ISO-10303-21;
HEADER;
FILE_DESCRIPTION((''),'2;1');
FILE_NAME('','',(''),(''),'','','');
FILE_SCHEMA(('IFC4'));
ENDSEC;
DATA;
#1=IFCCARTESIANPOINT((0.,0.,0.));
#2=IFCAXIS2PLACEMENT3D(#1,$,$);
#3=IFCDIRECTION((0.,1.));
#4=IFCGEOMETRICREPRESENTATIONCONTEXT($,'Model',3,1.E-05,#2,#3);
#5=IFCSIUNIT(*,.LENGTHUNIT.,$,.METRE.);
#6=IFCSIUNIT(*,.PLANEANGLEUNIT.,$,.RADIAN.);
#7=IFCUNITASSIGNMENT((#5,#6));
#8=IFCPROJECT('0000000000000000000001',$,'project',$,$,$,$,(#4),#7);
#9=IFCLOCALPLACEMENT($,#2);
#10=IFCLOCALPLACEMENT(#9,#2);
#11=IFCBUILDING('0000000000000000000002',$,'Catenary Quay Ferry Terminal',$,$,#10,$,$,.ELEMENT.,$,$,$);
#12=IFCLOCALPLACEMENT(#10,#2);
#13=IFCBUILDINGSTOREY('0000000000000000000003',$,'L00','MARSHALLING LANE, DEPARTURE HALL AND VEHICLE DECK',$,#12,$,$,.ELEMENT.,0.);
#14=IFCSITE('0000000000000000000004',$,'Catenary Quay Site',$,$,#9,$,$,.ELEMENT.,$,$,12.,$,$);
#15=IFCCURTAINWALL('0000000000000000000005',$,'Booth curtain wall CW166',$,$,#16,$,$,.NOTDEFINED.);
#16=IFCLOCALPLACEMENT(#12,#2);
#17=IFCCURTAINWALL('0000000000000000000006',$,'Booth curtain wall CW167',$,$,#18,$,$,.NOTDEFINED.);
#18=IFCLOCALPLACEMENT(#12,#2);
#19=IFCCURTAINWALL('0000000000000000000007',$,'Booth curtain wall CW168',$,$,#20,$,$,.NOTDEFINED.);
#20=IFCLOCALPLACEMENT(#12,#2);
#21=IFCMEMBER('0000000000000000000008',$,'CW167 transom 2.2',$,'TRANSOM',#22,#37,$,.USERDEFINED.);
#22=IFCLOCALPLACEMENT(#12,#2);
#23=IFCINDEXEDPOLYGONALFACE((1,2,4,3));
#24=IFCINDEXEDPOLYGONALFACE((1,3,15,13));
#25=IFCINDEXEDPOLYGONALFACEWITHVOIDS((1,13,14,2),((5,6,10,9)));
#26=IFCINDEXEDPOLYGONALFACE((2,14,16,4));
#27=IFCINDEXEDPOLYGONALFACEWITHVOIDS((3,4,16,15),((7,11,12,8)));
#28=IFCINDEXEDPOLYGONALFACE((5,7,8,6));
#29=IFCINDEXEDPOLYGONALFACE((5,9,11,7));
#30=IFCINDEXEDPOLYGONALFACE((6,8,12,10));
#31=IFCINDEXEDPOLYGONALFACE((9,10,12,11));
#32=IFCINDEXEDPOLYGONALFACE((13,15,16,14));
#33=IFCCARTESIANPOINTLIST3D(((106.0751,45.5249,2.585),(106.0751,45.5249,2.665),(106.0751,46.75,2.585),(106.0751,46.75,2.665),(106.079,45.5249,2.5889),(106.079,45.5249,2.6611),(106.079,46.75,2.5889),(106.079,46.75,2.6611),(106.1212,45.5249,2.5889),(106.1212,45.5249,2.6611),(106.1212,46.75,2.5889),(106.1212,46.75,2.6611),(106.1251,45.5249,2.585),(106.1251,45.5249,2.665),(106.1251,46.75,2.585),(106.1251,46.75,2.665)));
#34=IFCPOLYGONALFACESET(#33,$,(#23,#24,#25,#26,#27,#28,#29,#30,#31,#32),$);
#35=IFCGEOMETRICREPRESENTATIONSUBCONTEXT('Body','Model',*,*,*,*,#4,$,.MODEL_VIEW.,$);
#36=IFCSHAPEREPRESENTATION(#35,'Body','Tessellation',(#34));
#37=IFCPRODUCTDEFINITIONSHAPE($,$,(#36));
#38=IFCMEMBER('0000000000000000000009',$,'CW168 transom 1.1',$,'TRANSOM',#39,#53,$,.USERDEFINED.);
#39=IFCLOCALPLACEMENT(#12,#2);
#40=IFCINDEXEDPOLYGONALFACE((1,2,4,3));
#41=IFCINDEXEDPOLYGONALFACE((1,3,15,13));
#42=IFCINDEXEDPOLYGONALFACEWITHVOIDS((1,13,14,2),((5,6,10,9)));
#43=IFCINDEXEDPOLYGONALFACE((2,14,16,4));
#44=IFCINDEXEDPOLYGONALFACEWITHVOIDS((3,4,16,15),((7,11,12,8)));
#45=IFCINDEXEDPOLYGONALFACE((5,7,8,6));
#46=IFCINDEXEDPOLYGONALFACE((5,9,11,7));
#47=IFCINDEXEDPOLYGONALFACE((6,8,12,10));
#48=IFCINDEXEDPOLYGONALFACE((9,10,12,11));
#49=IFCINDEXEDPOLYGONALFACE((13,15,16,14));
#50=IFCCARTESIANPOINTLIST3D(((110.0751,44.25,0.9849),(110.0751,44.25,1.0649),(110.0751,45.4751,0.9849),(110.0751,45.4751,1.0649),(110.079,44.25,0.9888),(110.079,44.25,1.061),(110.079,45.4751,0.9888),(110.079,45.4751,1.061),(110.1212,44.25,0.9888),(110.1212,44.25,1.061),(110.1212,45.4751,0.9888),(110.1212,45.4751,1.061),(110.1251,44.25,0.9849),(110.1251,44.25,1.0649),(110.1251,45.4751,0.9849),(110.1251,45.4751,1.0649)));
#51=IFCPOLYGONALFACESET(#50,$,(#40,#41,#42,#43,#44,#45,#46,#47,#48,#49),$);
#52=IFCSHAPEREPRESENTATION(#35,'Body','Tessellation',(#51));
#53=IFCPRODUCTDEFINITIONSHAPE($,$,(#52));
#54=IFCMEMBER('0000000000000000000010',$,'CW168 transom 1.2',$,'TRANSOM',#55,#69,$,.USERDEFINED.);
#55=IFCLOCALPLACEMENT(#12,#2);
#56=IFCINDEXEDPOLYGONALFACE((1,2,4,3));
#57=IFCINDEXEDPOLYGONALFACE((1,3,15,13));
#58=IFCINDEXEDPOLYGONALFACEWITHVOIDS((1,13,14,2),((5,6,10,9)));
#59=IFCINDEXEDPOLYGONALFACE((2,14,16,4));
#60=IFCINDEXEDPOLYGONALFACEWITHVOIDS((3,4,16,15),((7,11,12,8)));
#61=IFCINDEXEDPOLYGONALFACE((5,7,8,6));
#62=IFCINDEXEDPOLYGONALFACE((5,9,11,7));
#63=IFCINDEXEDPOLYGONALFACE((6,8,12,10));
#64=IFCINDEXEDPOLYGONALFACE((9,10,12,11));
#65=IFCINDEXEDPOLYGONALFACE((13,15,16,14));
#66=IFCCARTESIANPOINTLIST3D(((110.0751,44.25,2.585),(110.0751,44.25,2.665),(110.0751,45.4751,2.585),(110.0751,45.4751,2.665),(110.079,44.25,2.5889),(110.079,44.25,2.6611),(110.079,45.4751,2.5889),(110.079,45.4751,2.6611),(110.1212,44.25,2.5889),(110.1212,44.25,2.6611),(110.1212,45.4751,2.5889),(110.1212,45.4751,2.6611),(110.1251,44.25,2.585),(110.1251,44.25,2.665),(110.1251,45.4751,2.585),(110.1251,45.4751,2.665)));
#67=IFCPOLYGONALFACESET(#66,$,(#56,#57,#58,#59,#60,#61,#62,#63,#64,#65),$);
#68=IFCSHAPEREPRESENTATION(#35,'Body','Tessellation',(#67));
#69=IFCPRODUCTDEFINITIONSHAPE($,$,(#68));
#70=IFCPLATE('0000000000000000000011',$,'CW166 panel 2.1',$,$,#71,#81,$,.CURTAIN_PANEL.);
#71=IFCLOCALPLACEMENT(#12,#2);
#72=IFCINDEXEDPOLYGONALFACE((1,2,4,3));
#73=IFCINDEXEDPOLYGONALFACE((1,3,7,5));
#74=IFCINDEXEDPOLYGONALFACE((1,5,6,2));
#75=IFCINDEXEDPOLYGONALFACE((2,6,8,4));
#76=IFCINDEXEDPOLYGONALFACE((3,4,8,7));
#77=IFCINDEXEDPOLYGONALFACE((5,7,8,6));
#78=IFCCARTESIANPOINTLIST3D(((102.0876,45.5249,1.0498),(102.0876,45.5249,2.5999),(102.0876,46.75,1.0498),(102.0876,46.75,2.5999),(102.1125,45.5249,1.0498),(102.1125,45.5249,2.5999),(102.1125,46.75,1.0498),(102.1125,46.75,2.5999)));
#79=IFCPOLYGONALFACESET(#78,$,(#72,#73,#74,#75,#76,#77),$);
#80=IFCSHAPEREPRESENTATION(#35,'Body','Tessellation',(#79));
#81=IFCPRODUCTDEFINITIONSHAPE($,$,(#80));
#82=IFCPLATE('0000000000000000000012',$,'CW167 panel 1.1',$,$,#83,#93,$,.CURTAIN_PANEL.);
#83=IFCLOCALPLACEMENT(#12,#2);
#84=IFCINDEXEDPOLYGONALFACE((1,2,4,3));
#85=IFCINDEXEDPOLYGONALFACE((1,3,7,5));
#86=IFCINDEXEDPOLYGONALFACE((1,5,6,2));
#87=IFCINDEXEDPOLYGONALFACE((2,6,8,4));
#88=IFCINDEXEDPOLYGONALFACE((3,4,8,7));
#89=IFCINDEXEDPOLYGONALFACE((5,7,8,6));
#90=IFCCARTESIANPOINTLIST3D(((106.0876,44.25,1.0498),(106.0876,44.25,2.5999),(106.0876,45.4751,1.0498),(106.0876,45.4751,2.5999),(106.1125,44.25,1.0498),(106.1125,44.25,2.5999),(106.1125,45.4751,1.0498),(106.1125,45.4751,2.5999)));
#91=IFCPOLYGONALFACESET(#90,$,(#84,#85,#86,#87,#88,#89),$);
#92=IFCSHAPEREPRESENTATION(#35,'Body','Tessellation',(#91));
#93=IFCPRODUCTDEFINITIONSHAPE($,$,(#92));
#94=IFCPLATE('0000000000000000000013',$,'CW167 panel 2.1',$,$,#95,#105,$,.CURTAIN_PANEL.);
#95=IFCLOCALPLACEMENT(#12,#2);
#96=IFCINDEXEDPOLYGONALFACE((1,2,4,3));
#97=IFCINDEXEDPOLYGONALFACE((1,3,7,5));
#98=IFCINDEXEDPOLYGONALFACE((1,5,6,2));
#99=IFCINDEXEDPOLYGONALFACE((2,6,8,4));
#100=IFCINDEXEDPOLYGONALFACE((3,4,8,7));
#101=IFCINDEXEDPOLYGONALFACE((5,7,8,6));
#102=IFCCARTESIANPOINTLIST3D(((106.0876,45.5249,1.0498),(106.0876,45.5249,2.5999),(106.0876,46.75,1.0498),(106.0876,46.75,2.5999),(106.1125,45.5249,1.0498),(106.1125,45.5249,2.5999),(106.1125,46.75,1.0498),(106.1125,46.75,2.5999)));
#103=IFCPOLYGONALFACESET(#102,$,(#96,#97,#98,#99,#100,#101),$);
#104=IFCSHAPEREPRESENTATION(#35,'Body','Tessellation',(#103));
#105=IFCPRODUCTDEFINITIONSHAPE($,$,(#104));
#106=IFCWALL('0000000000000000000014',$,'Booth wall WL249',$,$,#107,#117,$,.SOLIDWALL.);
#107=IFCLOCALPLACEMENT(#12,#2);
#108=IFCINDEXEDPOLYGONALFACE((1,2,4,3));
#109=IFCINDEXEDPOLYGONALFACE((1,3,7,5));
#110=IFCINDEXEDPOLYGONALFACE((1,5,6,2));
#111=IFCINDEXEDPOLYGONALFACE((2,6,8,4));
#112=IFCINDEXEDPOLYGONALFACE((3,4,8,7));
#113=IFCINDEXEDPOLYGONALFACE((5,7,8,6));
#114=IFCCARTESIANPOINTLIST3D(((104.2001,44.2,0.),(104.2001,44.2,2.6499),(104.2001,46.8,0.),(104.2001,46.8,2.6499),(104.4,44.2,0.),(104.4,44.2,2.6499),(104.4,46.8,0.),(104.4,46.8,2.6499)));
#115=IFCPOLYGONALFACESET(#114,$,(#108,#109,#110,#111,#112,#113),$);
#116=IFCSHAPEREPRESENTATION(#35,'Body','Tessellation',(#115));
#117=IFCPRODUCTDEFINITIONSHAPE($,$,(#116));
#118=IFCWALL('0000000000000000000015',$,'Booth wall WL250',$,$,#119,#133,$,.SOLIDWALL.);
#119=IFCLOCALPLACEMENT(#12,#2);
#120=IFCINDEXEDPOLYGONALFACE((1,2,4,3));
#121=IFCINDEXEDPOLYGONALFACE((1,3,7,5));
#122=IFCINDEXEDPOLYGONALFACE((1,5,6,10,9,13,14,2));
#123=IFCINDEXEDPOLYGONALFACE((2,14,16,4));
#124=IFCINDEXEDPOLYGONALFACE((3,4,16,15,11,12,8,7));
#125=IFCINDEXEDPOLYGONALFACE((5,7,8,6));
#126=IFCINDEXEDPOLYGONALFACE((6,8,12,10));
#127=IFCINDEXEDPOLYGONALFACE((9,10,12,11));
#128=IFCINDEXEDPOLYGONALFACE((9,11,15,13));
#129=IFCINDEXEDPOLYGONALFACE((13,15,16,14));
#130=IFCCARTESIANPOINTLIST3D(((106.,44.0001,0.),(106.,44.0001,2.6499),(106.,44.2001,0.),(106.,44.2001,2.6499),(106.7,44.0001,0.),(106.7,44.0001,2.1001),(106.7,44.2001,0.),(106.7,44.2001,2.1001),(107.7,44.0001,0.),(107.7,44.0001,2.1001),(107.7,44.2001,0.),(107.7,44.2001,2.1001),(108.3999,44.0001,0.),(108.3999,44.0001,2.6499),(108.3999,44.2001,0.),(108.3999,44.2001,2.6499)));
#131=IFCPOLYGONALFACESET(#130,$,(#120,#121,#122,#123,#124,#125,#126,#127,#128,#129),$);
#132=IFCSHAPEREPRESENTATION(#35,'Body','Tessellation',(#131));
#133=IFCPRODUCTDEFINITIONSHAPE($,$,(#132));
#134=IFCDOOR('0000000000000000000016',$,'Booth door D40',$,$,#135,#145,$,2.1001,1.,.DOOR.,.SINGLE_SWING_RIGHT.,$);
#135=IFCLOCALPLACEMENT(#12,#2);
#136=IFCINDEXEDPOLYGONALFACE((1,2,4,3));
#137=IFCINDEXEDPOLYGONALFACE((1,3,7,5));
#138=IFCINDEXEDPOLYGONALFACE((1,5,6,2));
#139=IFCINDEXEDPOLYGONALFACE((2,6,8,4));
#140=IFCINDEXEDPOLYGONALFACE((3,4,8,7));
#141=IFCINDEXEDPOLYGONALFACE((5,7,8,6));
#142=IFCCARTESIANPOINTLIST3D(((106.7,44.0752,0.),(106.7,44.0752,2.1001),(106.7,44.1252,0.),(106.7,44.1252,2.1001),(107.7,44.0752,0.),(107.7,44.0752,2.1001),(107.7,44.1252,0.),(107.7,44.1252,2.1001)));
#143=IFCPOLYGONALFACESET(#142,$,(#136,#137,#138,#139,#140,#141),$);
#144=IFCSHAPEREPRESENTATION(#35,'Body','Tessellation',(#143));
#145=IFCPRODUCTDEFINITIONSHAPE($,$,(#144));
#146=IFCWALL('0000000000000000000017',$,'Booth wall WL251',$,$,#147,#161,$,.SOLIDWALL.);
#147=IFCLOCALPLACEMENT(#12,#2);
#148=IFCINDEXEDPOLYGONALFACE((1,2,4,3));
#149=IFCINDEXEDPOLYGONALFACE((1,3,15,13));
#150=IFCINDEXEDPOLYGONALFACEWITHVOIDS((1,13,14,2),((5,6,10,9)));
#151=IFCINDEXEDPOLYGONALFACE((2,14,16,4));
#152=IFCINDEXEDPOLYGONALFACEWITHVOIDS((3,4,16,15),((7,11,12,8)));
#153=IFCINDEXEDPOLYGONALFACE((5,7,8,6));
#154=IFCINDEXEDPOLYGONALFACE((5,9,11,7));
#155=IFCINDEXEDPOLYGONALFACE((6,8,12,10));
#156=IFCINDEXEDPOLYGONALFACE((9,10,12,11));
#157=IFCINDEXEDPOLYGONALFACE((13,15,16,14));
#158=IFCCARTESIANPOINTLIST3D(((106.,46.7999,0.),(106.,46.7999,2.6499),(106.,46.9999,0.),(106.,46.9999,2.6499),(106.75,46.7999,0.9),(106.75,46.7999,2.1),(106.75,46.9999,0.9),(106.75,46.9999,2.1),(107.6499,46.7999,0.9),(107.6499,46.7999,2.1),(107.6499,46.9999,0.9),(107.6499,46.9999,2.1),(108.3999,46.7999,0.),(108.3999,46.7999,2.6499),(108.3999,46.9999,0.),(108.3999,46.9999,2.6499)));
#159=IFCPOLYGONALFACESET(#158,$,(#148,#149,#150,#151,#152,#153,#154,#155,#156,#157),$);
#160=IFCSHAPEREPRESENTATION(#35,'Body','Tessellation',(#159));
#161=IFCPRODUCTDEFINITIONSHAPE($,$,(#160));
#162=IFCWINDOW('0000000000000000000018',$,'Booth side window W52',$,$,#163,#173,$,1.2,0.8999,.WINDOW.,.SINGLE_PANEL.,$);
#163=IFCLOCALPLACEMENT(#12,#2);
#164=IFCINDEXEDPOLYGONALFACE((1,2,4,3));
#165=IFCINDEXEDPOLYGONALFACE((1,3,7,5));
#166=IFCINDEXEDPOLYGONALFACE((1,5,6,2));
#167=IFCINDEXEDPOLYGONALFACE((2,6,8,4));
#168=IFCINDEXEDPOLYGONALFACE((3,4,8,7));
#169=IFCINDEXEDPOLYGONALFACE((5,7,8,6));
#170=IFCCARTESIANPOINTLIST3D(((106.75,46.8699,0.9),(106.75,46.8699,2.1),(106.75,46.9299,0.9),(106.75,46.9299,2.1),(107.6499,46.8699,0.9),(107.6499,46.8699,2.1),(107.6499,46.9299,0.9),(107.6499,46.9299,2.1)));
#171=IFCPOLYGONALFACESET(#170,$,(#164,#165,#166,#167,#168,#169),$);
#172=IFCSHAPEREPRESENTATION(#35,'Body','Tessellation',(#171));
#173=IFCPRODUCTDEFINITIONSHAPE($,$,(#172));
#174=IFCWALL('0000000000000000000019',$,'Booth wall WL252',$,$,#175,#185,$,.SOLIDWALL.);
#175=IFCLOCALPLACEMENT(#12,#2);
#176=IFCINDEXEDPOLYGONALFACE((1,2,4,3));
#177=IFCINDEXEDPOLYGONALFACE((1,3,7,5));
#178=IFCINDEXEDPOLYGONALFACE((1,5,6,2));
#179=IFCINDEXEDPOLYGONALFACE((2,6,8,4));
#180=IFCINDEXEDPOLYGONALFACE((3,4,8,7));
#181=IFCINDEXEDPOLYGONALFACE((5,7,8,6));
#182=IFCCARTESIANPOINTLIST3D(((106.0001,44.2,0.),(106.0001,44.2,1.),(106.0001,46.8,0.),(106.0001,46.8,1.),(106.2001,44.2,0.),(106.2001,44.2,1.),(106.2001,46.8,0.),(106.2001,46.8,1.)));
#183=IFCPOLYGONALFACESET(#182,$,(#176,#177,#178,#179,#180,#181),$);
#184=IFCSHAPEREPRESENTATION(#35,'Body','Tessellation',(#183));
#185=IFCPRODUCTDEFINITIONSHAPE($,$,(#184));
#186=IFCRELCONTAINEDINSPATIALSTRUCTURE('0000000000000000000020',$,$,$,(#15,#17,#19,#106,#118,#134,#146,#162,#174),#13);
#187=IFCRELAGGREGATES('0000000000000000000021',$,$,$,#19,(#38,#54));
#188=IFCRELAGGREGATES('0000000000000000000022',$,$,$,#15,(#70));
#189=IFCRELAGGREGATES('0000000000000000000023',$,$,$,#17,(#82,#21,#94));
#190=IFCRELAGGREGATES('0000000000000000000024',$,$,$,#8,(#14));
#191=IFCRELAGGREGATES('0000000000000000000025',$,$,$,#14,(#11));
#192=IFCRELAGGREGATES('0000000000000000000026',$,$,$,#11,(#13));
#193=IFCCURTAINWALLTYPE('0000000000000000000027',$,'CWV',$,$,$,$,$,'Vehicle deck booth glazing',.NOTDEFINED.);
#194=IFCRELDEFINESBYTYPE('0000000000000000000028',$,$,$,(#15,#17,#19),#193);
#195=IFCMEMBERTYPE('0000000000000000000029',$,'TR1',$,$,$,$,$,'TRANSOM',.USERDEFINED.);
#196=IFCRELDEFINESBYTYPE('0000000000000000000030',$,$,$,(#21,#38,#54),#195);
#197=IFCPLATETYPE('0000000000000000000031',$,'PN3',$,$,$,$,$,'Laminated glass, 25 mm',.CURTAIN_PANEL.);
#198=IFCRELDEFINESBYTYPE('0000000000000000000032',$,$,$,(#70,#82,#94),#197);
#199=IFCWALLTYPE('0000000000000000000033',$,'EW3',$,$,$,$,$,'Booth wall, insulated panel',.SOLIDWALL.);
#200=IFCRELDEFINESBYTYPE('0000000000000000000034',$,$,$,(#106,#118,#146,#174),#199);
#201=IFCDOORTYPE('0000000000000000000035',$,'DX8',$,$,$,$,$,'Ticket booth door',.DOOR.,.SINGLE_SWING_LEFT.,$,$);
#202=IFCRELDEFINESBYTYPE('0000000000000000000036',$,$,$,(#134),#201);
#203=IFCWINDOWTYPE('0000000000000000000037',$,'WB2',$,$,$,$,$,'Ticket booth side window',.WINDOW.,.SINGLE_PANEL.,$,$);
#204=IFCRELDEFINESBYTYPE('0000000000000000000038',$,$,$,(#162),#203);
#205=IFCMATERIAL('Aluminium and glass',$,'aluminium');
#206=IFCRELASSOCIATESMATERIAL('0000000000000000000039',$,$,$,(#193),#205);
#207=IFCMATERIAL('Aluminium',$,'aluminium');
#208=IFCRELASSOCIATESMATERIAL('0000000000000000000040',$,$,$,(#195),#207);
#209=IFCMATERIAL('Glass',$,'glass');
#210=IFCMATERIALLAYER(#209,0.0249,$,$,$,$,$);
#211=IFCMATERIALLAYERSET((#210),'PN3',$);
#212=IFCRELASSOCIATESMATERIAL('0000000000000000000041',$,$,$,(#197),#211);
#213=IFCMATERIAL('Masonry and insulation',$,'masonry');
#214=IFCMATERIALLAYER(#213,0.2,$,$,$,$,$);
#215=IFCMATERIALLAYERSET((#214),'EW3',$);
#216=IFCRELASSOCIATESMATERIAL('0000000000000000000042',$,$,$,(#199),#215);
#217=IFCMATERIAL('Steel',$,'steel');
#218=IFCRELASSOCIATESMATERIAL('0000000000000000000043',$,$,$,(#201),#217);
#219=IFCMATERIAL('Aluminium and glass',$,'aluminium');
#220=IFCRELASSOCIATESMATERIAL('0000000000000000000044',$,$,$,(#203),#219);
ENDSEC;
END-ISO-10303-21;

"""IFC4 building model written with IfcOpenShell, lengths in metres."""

from ifc_helpers import new_model, si_unit, direction, frame, frame_2d, origin, origin_2d, place, context, subcontext, project, spatial, rectangle, hollow_rectangle, extrude, material, layer, layer_set, material_profile, profile_set, type_object, element, fill, aggregate, save


model = new_model("IFC4")

# Units and contexts
model_context = context("Model", 3, precision=1e-05, world=origin(), true_north=direction((0.0, 1.0)))
body_context = subcontext(model_context, "Body", "Model", "MODEL_VIEW")
ifc_project = project(units=[si_unit("LENGTHUNIT", "METRE"), si_unit("PLANEANGLEUNIT", "RADIAN")], contexts=[model_context])

# Site, building, storey
site_placement = place(None, origin())
site = spatial("IfcSite", under=ifc_project, at=site_placement, Name="Catenary Quay Site", CompositionType="ELEMENT", RefElevation=12.0)
building_placement = place(site_placement, origin())
building = spatial("IfcBuilding", under=site, at=building_placement, Name="Catenary Quay Ferry Terminal", CompositionType="ELEMENT")
storey_placement = place(building_placement, origin())
storey = spatial("IfcBuildingStorey", under=building, at=storey_placement, Name="L00", Description="MARSHALLING LANE, DEPARTURE HALL AND VEHICLE DECK", CompositionType="ELEMENT", Elevation=0.0)

# Curtain wall
ifc_material_1 = material(Name="Aluminium and glass", Category="aluminium")
curtain_wall_type = type_object("IfcCurtainWallType", Name="CWV", ElementType="Vehicle deck booth glazing", PredefinedType="NOTDEFINED", material=ifc_material_1)
curtain_wall_1_placement = place(storey_placement, origin())
curtain_wall_1 = element("IfcCurtainWall", 1, at=curtain_wall_1_placement, inside=storey, type_object=curtain_wall_type, Name="Booth curtain wall CW166", PredefinedType="NOTDEFINED")

# Curtain wall
curtain_wall_2_placement = place(storey_placement, origin())
curtain_wall_2 = element("IfcCurtainWall", 2, at=curtain_wall_2_placement, inside=storey, type_object=curtain_wall_type, Name="Booth curtain wall CW167", PredefinedType="NOTDEFINED")

# Curtain wall
curtain_wall_3_placement = place(storey_placement, origin())
curtain_wall_3 = element("IfcCurtainWall", 3, at=curtain_wall_3_placement, inside=storey, type_object=curtain_wall_type, Name="Booth curtain wall CW168", PredefinedType="NOTDEFINED")

# Members
ifc_material_2 = material(Name="Aluminium", Category="aluminium")
ifc_material_profile_1 = material_profile(ifc_material_2, hollow_rectangle(XDim=0.05, YDim=0.0801, WallThickness=0.0039, at=origin_2d()), Name="TR1")
ifc_profile_set_1 = profile_set([ifc_material_profile_1], Name="Aluminium")
member_type_1 = type_object("IfcMemberType", Name="TR1", ElementType="TRANSOM", PredefinedType="USERDEFINED", material=ifc_profile_set_1)
member_1_placement = place(storey_placement, frame((106.1001, 45.5249, 2.625), z_axis=(0.0, 1.0, 0.0), x_axis=(-1.0, 0.0, 0.0)))
member_1 = element("IfcMember", 4, at=member_1_placement, type_object=member_type_1, Name="CW167 transom 2.2", ObjectType="TRANSOM", PredefinedType="USERDEFINED", context=body_context, shape_type="SweptSolid", body=[
    extrude(hollow_rectangle(XDim=0.05, YDim=0.0801, WallThickness=0.0039, at=origin_2d()), origin(), (0.0, 0.0, 1.0), 1.2251),
])
member_2_placement = place(storey_placement, frame((110.1001, 44.25, 1.0249), z_axis=(0.0, 1.0, 0.0), x_axis=(-1.0, 0.0, 0.0)))
member_2 = element("IfcMember", 5, at=member_2_placement, type_object=member_type_1, Name="CW168 transom 1.1", ObjectType="TRANSOM", PredefinedType="USERDEFINED", context=body_context, shape_type="SweptSolid", body=[
    extrude(hollow_rectangle(XDim=0.05, YDim=0.0801, WallThickness=0.0039, at=origin_2d()), origin(), (0.0, 0.0, 1.0), 1.2251),
])
member_3_placement = place(storey_placement, frame((110.1001, 44.25, 2.625), z_axis=(0.0, 1.0, 0.0), x_axis=(-1.0, 0.0, 0.0)))
member_3 = element("IfcMember", 6, at=member_3_placement, type_object=member_type_1, Name="CW168 transom 1.2", ObjectType="TRANSOM", PredefinedType="USERDEFINED", context=body_context, shape_type="SweptSolid", body=[
    extrude(hollow_rectangle(XDim=0.05, YDim=0.0801, WallThickness=0.0039, at=origin_2d()), origin(), (0.0, 0.0, 1.0), 1.2251),
])
aggregate(curtain_wall_3, [member_2, member_3])

# Plates
ifc_material_3 = material(Name="Glass", Category="glass")
ifc_layer_1 = layer(ifc_material_3, 0.0249)
ifc_layer_set_1 = layer_set([ifc_layer_1], Name="PN3")
plate_type = type_object("IfcPlateType", Name="PN3", ElementType="Laminated glass, 25 mm", PredefinedType="CURTAIN_PANEL", material=ifc_layer_set_1)
plate_1_placement = place(storey_placement, frame((102.1001, 46.1375, 1.0498), z_axis=(0.0, 0.0, 1.0), x_axis=(0.0, 1.0, 0.0)))
plate_1 = element("IfcPlate", 7, at=plate_1_placement, type_object=plate_type, Name="CW166 panel 2.1", PredefinedType="CURTAIN_PANEL", context=body_context, shape_type="SweptSolid", body=[
    extrude(rectangle(XDim=1.2251, YDim=0.0249, at=origin_2d()), origin(), (0.0, 0.0, 1.0), 1.55),
])
aggregate(curtain_wall_1, [plate_1])
plate_2_placement = place(storey_placement, frame((106.1001, 44.8625, 1.0498), z_axis=(0.0, 0.0, 1.0), x_axis=(0.0, 1.0, 0.0)))
plate_2 = element("IfcPlate", 8, at=plate_2_placement, type_object=plate_type, Name="CW167 panel 1.1", PredefinedType="CURTAIN_PANEL", context=body_context, shape_type="SweptSolid", body=[
    extrude(rectangle(XDim=1.2251, YDim=0.0249, at=origin_2d()), origin(), (0.0, 0.0, 1.0), 1.55),
])
plate_3_placement = place(storey_placement, frame((106.1001, 46.1375, 1.0498), z_axis=(0.0, 0.0, 1.0), x_axis=(0.0, 1.0, 0.0)))
plate_3 = element("IfcPlate", 9, at=plate_3_placement, type_object=plate_type, Name="CW167 panel 2.1", PredefinedType="CURTAIN_PANEL", context=body_context, shape_type="SweptSolid", body=[
    extrude(rectangle(XDim=1.2251, YDim=0.0249, at=origin_2d()), origin(), (0.0, 0.0, 1.0), 1.55),
])
aggregate(curtain_wall_2, [plate_2, member_1, plate_3])

# Wall
ifc_material_4 = material(Name="Masonry and insulation", Category="masonry")
ifc_layer_2 = layer(ifc_material_4, 0.2)
ifc_layer_set_2 = layer_set([ifc_layer_2], Name="EW3")
wall_type = type_object("IfcWallType", Name="EW3", ElementType="Booth wall, insulated panel", PredefinedType="SOLIDWALL", material=ifc_layer_set_2)
wall_1_placement = place(storey_placement, frame((104.3, 44.2, 0.0), z_axis=(0.0, 0.0, 1.0), x_axis=(0.0, 1.0, 0.0)))
element("IfcWall", 10, at=wall_1_placement, inside=storey, type_object=wall_type, Name="Booth wall WL249", PredefinedType="SOLIDWALL", context=body_context, shape_type="SweptSolid", body=[
    extrude(rectangle(XDim=2.6001, YDim=0.2, at=frame_2d((1.3, 0.0))), origin(), (0.0, 0.0, 1.0), 2.6499),
])

# Wall, opening, door
wall_2_placement = place(storey_placement, frame((106.0, 44.1001, 0.0), z_axis=(0.0, 0.0, 1.0), x_axis=(1.0, 0.0, 0.0)))
wall_2 = element("IfcWall", 11, at=wall_2_placement, inside=storey, type_object=wall_type, Name="Booth wall WL250", PredefinedType="SOLIDWALL", context=body_context, shape_type="SweptSolid", body=[
    extrude(rectangle(XDim=2.3999, YDim=0.2, at=frame_2d((1.2, 0.0))), origin(), (0.0, 0.0, 1.0), 2.6499),
])
opening_1_placement = place(wall_2_placement, frame((0.7, 0.0, 0.0)))
opening_1 = element("IfcOpeningElement", 12, at=opening_1_placement, cuts=wall_2, PredefinedType="OPENING", context=body_context, shape_type="SweptSolid", body=[
    extrude(rectangle(XDim=1.0, YDim=2.1001, at=frame_2d((0.5, 1.05))), frame((0.0, 0.1099, 0.0), z_axis=(0.0, -1.0, 0.0), x_axis=(1.0, 0.0, 0.0)), (0.0, 0.0, 1.0), 0.22),
])
ifc_material_5 = material(Name="Steel", Category="steel")
door_type = type_object("IfcDoorType", Name="DX8", ElementType="Ticket booth door", OperationType="SINGLE_SWING_LEFT", PredefinedType="DOOR", material=ifc_material_5)
door_1_placement = place(opening_1_placement, frame((1.0, 0.0, 0.0), z_axis=(0.0, 0.0, 1.0), x_axis=(-1.0, 0.0, 0.0)))
door_1 = element("IfcDoor", 13, at=door_1_placement, inside=storey, type_object=door_type, Name="Booth door D40", OperationType="SINGLE_SWING_RIGHT", OverallHeight=2.1001, OverallWidth=1.0, PredefinedType="DOOR", context=body_context, shape_type="SweptSolid", body=[
    extrude(rectangle(XDim=1.0, YDim=2.1001, at=frame_2d((0.5, 1.05))), frame((0.0, 0.0249, 0.0), z_axis=(0.0, -1.0, 0.0), x_axis=(1.0, 0.0, 0.0)), (0.0, 0.0, 1.0), 0.05),
])
fill(opening_1, door_1)

# Wall, opening, window
wall_3_placement = place(storey_placement, frame((106.0, 46.8999, 0.0), z_axis=(0.0, 0.0, 1.0), x_axis=(1.0, 0.0, 0.0)))
wall_3 = element("IfcWall", 14, at=wall_3_placement, inside=storey, type_object=wall_type, Name="Booth wall WL251", PredefinedType="SOLIDWALL", context=body_context, shape_type="SweptSolid", body=[
    extrude(rectangle(XDim=2.3999, YDim=0.2, at=frame_2d((1.2, 0.0))), origin(), (0.0, 0.0, 1.0), 2.6499),
])
opening_2_placement = place(wall_3_placement, frame((0.75, 0.0, 0.8999)))
opening_2 = element("IfcOpeningElement", 15, at=opening_2_placement, cuts=wall_3, PredefinedType="OPENING", context=body_context, shape_type="SweptSolid", body=[
    extrude(rectangle(XDim=0.8999, YDim=1.2, at=frame_2d((0.45, 0.6001))), frame((0.0, 0.1099, 0.0), z_axis=(0.0, -1.0, 0.0), x_axis=(1.0, 0.0, 0.0)), (0.0, 0.0, 1.0), 0.22),
])
ifc_material_6 = material(Name="Aluminium and glass", Category="aluminium")
window_type = type_object("IfcWindowType", Name="WB2", ElementType="Ticket booth side window", PartitioningType="SINGLE_PANEL", PredefinedType="WINDOW", material=ifc_material_6)
window_1_placement = place(opening_2_placement, origin())
window_1 = element("IfcWindow", 16, at=window_1_placement, inside=storey, type_object=window_type, Name="Booth side window W52", OverallHeight=1.2, OverallWidth=0.8999, PartitioningType="SINGLE_PANEL", PredefinedType="WINDOW", context=body_context, shape_type="SweptSolid", body=[
    extrude(rectangle(XDim=0.8999, YDim=1.2, at=frame_2d((0.45, 0.6001))), frame((0.0, 0.03, 0.0), z_axis=(0.0, -1.0, 0.0), x_axis=(1.0, 0.0, 0.0)), (0.0, 0.0, 1.0), 0.0601),
])
fill(opening_2, window_1)

# Wall
wall_4_placement = place(storey_placement, frame((106.1001, 44.2, 0.0), z_axis=(0.0, 0.0, 1.0), x_axis=(0.0, 1.0, 0.0)))
element("IfcWall", 17, at=wall_4_placement, inside=storey, type_object=wall_type, Name="Booth wall WL252", PredefinedType="SOLIDWALL", context=body_context, shape_type="SweptSolid", body=[
    extrude(rectangle(XDim=2.6001, YDim=0.2, at=frame_2d((1.3, 0.0))), origin(), (0.0, 0.0, 1.0), 1.0),
])

save(model, "model.ifc")
